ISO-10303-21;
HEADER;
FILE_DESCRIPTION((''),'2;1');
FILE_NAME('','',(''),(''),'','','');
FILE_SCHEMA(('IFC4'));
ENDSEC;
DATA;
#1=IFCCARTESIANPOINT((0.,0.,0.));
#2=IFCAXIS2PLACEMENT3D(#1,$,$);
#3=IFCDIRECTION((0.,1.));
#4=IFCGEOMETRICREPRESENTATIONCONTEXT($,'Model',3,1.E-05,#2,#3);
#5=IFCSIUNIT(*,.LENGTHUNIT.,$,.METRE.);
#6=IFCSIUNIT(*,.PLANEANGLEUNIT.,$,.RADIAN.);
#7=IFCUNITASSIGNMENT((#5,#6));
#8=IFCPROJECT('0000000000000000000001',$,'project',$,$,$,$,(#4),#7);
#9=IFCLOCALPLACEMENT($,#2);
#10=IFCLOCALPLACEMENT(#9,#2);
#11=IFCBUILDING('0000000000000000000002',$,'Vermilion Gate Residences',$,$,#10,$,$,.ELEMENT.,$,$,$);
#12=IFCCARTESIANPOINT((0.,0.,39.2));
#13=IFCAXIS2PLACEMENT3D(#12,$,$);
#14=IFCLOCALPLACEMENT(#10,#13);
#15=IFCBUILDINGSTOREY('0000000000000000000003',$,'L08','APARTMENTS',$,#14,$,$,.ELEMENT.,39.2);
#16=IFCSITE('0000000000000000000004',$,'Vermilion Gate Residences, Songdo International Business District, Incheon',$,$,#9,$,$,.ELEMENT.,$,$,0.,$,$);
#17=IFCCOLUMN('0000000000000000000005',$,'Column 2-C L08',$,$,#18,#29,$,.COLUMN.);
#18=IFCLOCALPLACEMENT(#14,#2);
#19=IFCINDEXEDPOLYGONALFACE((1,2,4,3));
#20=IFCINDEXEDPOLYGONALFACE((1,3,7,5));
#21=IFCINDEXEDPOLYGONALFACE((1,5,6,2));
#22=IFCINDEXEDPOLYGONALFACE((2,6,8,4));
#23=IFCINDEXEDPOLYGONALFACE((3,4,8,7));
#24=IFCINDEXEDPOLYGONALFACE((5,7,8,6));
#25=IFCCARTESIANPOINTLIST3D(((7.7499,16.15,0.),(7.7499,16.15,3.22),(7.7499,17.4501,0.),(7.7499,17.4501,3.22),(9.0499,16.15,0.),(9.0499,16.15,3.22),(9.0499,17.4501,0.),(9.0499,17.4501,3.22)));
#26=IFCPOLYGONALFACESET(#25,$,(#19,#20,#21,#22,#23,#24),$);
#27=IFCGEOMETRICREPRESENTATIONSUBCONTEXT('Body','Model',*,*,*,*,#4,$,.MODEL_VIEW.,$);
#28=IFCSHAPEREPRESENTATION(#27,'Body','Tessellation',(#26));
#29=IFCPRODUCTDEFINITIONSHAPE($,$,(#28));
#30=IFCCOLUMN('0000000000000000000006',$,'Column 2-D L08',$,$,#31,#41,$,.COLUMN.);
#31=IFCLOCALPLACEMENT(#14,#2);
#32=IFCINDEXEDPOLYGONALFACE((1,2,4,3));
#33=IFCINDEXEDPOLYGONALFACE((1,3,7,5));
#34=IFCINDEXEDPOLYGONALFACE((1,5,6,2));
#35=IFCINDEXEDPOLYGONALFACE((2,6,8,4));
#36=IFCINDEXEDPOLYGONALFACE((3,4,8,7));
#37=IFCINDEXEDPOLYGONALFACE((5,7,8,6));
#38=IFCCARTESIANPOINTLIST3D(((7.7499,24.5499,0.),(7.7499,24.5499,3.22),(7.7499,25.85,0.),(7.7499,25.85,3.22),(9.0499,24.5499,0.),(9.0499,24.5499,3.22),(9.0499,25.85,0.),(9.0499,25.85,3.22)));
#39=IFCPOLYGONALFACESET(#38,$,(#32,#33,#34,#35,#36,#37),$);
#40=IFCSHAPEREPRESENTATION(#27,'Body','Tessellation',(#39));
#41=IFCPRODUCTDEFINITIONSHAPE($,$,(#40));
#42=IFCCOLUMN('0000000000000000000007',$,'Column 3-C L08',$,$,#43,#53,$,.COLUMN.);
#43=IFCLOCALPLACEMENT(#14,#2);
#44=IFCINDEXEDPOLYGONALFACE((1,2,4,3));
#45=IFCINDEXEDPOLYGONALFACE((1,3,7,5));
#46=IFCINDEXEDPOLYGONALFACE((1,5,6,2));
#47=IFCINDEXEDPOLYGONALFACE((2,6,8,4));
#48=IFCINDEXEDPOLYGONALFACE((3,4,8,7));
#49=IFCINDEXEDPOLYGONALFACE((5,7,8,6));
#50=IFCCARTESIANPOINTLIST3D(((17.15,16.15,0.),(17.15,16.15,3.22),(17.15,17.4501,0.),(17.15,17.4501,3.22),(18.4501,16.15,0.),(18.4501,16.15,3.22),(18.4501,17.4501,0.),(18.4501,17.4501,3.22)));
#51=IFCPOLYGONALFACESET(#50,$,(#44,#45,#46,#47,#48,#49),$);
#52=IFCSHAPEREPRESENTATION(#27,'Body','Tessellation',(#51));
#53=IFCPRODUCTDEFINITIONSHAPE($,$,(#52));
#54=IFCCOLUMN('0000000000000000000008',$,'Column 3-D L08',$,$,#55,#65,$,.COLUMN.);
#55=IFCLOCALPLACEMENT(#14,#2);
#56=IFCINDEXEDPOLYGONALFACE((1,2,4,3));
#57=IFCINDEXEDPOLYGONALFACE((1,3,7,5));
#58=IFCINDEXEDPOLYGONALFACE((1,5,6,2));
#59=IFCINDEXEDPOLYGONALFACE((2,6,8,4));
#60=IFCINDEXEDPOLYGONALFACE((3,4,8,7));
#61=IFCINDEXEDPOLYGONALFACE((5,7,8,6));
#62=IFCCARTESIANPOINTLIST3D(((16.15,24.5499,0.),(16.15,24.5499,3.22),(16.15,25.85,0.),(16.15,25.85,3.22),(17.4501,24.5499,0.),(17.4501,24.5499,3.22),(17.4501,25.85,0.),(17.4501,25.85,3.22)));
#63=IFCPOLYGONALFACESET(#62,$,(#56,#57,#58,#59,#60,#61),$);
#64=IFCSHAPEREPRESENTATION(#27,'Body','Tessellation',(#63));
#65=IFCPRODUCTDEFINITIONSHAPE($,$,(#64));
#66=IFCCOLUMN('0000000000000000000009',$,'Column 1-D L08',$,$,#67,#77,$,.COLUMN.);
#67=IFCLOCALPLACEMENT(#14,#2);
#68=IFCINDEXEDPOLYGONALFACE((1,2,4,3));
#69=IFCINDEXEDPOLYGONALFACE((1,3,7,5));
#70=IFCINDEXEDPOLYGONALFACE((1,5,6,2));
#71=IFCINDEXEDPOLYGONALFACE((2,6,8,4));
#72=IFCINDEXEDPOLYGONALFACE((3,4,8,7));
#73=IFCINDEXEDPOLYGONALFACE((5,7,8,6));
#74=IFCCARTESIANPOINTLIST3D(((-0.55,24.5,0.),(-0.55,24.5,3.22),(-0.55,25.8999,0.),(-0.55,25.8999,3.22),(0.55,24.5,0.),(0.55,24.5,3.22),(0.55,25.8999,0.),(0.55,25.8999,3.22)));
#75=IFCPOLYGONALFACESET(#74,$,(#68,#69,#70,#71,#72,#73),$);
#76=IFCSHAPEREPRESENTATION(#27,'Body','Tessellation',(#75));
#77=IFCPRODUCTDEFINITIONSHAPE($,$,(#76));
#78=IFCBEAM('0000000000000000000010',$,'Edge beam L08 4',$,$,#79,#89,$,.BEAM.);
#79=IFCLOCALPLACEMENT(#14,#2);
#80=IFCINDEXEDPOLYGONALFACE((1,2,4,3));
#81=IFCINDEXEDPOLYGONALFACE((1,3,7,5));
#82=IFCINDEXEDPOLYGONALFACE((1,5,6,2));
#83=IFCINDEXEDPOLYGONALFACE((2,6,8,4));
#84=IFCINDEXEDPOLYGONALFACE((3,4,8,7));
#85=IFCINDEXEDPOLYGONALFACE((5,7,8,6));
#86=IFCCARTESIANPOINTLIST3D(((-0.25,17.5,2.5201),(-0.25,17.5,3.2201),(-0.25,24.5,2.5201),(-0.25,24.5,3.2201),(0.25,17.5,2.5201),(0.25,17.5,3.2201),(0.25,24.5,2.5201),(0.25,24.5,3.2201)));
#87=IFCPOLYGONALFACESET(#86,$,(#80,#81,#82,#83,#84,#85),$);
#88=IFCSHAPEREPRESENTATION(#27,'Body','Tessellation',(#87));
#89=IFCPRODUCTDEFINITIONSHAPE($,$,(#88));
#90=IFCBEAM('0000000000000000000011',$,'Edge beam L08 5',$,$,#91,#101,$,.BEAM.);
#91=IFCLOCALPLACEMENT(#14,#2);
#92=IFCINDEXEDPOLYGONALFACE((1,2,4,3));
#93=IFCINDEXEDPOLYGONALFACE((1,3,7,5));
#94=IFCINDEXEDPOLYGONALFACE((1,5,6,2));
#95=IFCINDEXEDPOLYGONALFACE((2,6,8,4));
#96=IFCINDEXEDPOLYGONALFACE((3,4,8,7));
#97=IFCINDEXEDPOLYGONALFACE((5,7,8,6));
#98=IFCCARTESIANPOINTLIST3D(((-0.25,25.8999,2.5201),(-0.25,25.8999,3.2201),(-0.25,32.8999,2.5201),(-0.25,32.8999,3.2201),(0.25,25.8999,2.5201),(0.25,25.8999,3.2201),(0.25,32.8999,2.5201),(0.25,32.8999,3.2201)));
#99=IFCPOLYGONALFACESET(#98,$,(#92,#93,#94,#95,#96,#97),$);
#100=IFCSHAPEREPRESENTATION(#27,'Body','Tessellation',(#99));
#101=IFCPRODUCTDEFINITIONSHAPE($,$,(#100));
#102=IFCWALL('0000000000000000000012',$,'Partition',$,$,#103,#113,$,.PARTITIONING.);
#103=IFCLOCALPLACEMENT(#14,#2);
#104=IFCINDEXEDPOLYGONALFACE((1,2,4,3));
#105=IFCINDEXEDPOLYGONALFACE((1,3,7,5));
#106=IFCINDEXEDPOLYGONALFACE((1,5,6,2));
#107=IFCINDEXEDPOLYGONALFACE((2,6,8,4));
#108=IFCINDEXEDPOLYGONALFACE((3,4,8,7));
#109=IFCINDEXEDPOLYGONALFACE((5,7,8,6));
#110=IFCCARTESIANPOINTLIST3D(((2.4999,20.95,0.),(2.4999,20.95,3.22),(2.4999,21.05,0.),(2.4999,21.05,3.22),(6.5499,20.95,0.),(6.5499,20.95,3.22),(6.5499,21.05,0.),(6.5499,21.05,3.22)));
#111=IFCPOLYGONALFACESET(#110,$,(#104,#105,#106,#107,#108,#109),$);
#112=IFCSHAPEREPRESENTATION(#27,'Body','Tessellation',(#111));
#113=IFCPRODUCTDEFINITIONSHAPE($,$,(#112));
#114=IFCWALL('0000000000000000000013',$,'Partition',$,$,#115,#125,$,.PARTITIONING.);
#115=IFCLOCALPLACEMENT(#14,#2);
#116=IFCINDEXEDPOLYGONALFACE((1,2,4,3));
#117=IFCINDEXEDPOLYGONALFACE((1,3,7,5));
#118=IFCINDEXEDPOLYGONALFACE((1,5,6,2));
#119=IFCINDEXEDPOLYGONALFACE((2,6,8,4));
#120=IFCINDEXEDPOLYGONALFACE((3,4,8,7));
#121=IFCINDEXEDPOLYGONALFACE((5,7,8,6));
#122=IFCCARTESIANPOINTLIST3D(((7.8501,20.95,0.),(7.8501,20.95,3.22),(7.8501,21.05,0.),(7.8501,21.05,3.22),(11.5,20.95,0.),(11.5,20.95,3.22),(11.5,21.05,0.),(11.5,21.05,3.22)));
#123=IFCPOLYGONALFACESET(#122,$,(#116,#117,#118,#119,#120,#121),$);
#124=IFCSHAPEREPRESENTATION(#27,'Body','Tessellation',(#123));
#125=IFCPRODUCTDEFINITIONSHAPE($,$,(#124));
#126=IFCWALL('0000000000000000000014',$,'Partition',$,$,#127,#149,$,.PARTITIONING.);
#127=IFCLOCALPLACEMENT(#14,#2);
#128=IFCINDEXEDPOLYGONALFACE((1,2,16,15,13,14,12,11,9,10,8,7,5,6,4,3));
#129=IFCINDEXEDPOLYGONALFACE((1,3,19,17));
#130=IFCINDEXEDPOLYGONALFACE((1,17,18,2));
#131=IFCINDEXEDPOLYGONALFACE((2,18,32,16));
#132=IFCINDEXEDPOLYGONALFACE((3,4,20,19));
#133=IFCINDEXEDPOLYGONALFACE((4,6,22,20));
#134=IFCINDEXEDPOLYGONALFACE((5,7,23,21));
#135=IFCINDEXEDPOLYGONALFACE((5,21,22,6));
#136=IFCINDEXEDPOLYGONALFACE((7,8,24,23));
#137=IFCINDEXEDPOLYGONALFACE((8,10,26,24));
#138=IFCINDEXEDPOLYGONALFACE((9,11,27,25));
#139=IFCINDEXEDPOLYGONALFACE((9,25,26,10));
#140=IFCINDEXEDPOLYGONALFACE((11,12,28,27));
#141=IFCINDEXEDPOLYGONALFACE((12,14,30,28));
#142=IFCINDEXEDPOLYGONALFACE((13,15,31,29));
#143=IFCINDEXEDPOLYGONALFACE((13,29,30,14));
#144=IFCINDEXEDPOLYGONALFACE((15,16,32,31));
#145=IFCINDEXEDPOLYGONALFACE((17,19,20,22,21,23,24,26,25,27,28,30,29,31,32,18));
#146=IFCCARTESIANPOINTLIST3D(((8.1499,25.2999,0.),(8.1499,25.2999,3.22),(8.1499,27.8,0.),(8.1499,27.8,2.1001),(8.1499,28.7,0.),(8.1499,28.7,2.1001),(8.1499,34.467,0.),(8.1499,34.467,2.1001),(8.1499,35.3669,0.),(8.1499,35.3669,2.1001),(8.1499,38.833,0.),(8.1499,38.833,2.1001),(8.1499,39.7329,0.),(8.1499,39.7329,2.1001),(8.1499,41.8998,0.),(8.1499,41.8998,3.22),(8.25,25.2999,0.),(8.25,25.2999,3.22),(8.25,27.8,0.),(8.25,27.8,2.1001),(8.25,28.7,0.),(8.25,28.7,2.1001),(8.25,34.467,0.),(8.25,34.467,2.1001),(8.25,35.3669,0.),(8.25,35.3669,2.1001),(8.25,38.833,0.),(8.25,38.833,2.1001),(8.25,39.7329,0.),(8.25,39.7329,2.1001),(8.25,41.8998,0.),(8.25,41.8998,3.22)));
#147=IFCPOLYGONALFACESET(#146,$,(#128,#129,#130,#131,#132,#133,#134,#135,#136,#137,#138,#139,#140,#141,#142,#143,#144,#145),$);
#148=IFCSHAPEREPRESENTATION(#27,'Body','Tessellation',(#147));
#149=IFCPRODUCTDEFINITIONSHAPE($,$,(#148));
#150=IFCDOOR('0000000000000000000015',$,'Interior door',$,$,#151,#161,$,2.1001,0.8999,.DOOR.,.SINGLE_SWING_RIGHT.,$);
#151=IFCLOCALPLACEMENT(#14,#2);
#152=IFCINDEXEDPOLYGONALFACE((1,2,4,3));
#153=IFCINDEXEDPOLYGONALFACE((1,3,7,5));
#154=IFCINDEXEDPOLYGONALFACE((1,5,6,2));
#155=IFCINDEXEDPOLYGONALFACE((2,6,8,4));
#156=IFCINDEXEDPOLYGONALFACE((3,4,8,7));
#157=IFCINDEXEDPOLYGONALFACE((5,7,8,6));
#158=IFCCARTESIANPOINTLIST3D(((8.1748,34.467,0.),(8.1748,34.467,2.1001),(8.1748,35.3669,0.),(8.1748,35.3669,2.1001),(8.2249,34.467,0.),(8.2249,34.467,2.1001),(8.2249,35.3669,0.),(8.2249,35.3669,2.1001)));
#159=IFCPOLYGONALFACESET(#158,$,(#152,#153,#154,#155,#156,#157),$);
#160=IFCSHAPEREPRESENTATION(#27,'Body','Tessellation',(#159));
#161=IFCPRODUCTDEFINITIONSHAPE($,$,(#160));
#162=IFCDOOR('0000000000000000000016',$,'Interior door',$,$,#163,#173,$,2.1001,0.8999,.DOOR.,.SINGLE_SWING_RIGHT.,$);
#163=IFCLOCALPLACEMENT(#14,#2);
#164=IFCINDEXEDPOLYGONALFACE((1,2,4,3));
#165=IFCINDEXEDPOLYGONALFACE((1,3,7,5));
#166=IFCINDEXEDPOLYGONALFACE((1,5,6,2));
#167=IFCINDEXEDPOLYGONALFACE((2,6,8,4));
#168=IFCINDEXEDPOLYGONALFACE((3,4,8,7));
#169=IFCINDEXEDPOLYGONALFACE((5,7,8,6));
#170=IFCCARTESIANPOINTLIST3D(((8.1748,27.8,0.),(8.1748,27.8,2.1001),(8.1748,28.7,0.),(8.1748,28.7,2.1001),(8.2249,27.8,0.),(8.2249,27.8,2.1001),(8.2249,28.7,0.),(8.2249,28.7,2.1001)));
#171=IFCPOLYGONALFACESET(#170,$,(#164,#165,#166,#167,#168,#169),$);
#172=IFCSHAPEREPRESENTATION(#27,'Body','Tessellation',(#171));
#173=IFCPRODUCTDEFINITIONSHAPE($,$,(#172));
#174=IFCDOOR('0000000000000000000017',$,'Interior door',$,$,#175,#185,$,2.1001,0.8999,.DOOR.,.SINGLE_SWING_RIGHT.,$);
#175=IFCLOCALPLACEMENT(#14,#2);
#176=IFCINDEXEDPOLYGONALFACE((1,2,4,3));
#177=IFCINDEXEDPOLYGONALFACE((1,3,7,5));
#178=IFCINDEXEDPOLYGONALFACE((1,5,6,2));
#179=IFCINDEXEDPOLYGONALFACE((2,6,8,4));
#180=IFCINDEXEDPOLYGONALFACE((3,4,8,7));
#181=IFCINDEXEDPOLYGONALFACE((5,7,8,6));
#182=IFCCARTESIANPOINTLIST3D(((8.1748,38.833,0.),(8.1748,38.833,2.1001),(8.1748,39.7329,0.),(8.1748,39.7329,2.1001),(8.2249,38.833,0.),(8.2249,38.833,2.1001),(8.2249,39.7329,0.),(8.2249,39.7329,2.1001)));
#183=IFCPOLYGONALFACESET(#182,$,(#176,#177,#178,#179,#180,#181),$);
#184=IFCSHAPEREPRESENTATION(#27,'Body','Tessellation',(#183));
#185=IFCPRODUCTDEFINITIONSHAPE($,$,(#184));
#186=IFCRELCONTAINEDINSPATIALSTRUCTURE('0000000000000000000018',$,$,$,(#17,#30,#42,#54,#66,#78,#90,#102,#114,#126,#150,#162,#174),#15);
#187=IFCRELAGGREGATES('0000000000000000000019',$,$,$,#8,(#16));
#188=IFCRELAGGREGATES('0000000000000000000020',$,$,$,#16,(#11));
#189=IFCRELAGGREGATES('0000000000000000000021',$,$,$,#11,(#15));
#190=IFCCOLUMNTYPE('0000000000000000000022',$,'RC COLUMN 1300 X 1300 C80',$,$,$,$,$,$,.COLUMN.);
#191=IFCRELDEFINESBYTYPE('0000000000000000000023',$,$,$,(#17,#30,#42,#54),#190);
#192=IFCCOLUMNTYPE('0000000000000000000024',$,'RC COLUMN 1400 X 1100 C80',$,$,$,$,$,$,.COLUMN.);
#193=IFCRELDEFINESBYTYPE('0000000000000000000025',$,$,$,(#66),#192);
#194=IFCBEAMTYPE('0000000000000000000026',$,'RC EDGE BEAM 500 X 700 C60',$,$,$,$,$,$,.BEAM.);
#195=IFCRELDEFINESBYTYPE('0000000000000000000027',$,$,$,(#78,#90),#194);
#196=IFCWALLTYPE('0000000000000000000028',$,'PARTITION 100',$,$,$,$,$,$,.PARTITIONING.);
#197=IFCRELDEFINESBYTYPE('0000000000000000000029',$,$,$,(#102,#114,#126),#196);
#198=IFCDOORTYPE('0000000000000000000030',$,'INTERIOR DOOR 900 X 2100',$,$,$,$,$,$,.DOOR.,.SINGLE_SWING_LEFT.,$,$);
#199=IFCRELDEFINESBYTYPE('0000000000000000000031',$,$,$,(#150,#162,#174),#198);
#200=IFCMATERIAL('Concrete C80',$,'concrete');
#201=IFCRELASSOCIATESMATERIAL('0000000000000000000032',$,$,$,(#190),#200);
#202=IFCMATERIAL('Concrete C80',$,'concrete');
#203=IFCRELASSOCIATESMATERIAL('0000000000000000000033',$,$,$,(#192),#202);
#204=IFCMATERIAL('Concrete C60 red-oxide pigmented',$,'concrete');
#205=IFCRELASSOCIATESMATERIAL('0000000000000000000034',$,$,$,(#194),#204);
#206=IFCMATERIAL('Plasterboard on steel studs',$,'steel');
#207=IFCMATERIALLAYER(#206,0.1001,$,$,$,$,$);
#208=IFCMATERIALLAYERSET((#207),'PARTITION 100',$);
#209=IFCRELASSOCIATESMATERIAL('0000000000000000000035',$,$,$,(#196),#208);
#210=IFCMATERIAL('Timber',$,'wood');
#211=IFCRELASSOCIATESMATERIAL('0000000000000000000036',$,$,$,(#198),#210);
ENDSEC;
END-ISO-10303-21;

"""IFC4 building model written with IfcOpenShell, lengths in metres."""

from ifc_helpers import new_model, si_unit, direction, frame, frame_2d, origin, origin_2d, place, context, subcontext, project, spatial, rectangle, extrude, material, layer, layer_set, material_profile, profile_set, type_object, element, fill, save


model = new_model("IFC4")

# Units and contexts
model_context = context("Model", 3, precision=1e-05, world=origin(), true_north=direction((0.0, 1.0)))
body_context = subcontext(model_context, "Body", "Model", "MODEL_VIEW")
ifc_project = project(units=[si_unit("LENGTHUNIT", "METRE"), si_unit("PLANEANGLEUNIT", "RADIAN")], contexts=[model_context])

# Site, building, storey
site_placement = place(None, origin())
site = spatial("IfcSite", under=ifc_project, at=site_placement, Name="Vermilion Gate Residences, Songdo International Business District, Incheon", CompositionType="ELEMENT", RefElevation=0.0)
building_placement = place(site_placement, origin())
building = spatial("IfcBuilding", under=site, at=building_placement, Name="Vermilion Gate Residences", CompositionType="ELEMENT")
storey_placement = place(building_placement, frame((0.0, 0.0, 39.2)))
storey = spatial("IfcBuildingStorey", under=building, at=storey_placement, Name="L08", Description="APARTMENTS", CompositionType="ELEMENT", Elevation=39.2)

# Columns
ifc_material_1 = material(Name="Concrete C80", Category="concrete")
ifc_material_profile_1 = material_profile(ifc_material_1, rectangle(XDim=1.3, YDim=1.3, at=origin_2d()), Name="RC-1300x1300")
ifc_profile_set_1 = profile_set([ifc_material_profile_1], Name="Concrete C80")
column_type_1 = type_object("IfcColumnType", Name="RC COLUMN 1300 X 1300 C80", PredefinedType="COLUMN", material=ifc_profile_set_1)
for number, where, z_axis, x_axis, name in (
    (1, (8.3999, 16.8, 0.0), (0.0, 0.0, 1.0), (1.0, 0.0, 0.0), "Column 2-C L08"),
    (2, (8.3999, 25.2, 0.0), (0.0, 0.0, 1.0), (1.0, 0.0, 0.0), "Column 2-D L08"),
    (3, (17.8, 16.8, 0.0), (0.0, 0.0, 1.0), (1.0, 0.0, 0.0), "Column 3-C L08"),
    (4, (16.8, 25.2, 0.0), (0.0, 0.0, 1.0), (1.0, 0.0, 0.0), "Column 3-D L08"),
):
    element("IfcColumn", number, at=place(storey_placement, frame(where, z_axis=z_axis, x_axis=x_axis)), inside=storey, type_object=column_type_1, Name=name, PredefinedType="COLUMN", context=body_context, shape_type="SweptSolid", body=[
        extrude(rectangle(XDim=1.3, YDim=1.3, at=origin_2d()), origin(), (0.0, 0.0, 1.0), 3.22),
    ])
ifc_material_2 = material(Name="Concrete C80", Category="concrete")
ifc_material_profile_2 = material_profile(ifc_material_2, rectangle(XDim=1.3999, YDim=1.1001, at=origin_2d()), Name="RC-1400x1100")
ifc_profile_set_2 = profile_set([ifc_material_profile_2], Name="Concrete C80")
column_type_2 = type_object("IfcColumnType", Name="RC COLUMN 1400 X 1100 C80", PredefinedType="COLUMN", material=ifc_profile_set_2)
column_placement = place(storey_placement, frame((0.0, 25.2, 0.0), z_axis=(0.0, 0.0, 1.0), x_axis=(0.0, 1.0, 0.0)))
element("IfcColumn", 5, at=column_placement, inside=storey, type_object=column_type_2, Name="Column 1-D L08", PredefinedType="COLUMN", context=body_context, shape_type="SweptSolid", body=[
    extrude(rectangle(XDim=1.3999, YDim=1.1001, at=origin_2d()), origin(), (0.0, 0.0, 1.0), 3.22),
])

# Beams
ifc_material_3 = material(Name="Concrete C60 red-oxide pigmented", Category="concrete")
ifc_material_profile_3 = material_profile(ifc_material_3, rectangle(XDim=0.5, YDim=0.7, at=origin_2d()), Name="RC-500x700")
ifc_profile_set_3 = profile_set([ifc_material_profile_3], Name="Concrete C60 red-oxide pigmented")
beam_type = type_object("IfcBeamType", Name="RC EDGE BEAM 500 X 700 C60", PredefinedType="BEAM", material=ifc_profile_set_3)
for number, where, z_axis, x_axis, name in (
    (6, (0.0, 17.5, 2.8701), (0.0, 1.0, 0.0), (-1.0, 0.0, 0.0), "Edge beam L08 4"),
    (7, (0.0, 25.8999, 2.8701), (0.0, 1.0, 0.0), (-1.0, 0.0, 0.0), "Edge beam L08 5"),
):
    element("IfcBeam", number, at=place(storey_placement, frame(where, z_axis=z_axis, x_axis=x_axis)), inside=storey, type_object=beam_type, Name=name, PredefinedType="BEAM", context=body_context, shape_type="SweptSolid", body=[
        extrude(rectangle(XDim=0.5, YDim=0.7, at=origin_2d()), origin(), (0.0, 0.0, 1.0), 7.0),
    ])

# Walls
ifc_material_4 = material(Name="Plasterboard on steel studs", Category="steel")
ifc_layer_1 = layer(ifc_material_4, 0.1001)
ifc_layer_set_1 = layer_set([ifc_layer_1], Name="PARTITION 100")
wall_type_1 = type_object("IfcWallType", Name="PARTITION 100", PredefinedType="PARTITIONING", material=ifc_layer_set_1)
wall_1_placement = place(storey_placement, frame((2.5, 21.0, 0.0), z_axis=(0.0, 0.0, 1.0), x_axis=(1.0, 0.0, 0.0)))
element("IfcWall", 8, at=wall_1_placement, inside=storey, type_object=wall_type_1, Name="Partition", PredefinedType="PARTITIONING", context=body_context, shape_type="SweptSolid", body=[
    extrude(rectangle(XDim=4.05, YDim=0.1001, at=frame_2d((2.0249, 0.0))), origin(), (0.0, 0.0, 1.0), 3.22),
])
wall_2_placement = place(storey_placement, frame((7.8501, 21.0, 0.0), z_axis=(0.0, 0.0, 1.0), x_axis=(1.0, 0.0, 0.0)))
element("IfcWall", 9, at=wall_2_placement, inside=storey, type_object=wall_type_1, Name="Partition", PredefinedType="PARTITIONING", context=body_context, shape_type="SweptSolid", body=[
    extrude(rectangle(XDim=3.6499, YDim=0.1001, at=frame_2d((1.825, 0.0))), origin(), (0.0, 0.0, 1.0), 3.22),
])

# Wall, openings, doors
wall_3_placement = place(storey_placement, frame((8.2, 25.3, 0.0), z_axis=(0.0, 0.0, 1.0), x_axis=(0.0, 1.0, 0.0)))
wall_3 = element("IfcWall", 10, at=wall_3_placement, inside=storey, type_object=wall_type_1, Name="Partition", PredefinedType="PARTITIONING", context=body_context, shape_type="SweptSolid", body=[
    extrude(rectangle(XDim=16.5999, YDim=0.1001, at=frame_2d((8.2998, 0.0))), origin(), (0.0, 0.0, 1.0), 3.22),
])
opening_1_placement = place(wall_3_placement, frame((9.167, 0.0, 0.0)))
opening_1 = element("IfcOpeningElement", 11, at=opening_1_placement, cuts=wall_3, PredefinedType="OPENING", context=body_context, shape_type="SweptSolid", body=[
    extrude(rectangle(XDim=0.8999, YDim=2.1001, at=frame_2d((0.45, 1.05))), frame((0.0, 0.0601, 0.0), z_axis=(0.0, -1.0, 0.0), x_axis=(1.0, 0.0, 0.0)), (0.0, 0.0, 1.0), 0.1201),
])
opening_2_placement = place(wall_3_placement, frame((2.5, 0.0, 0.0)))
opening_2 = element("IfcOpeningElement", 12, at=opening_2_placement, cuts=wall_3, PredefinedType="OPENING", context=body_context, shape_type="SweptSolid", body=[
    extrude(rectangle(XDim=0.8999, YDim=2.1001, at=frame_2d((0.45, 1.05))), frame((0.0, 0.0601, 0.0), z_axis=(0.0, -1.0, 0.0), x_axis=(1.0, 0.0, 0.0)), (0.0, 0.0, 1.0), 0.1201),
])
opening_3_placement = place(wall_3_placement, frame((13.533, 0.0, 0.0)))
opening_3 = element("IfcOpeningElement", 13, at=opening_3_placement, cuts=wall_3, PredefinedType="OPENING", context=body_context, shape_type="SweptSolid", body=[
    extrude(rectangle(XDim=0.8999, YDim=2.1001, at=frame_2d((0.45, 1.05))), frame((0.0, 0.0601, 0.0), z_axis=(0.0, -1.0, 0.0), x_axis=(1.0, 0.0, 0.0)), (0.0, 0.0, 1.0), 0.1201),
])
ifc_material_5 = material(Name="Timber", Category="wood")
door_type_1 = type_object("IfcDoorType", Name="INTERIOR DOOR 900 X 2100", OperationType="SINGLE_SWING_LEFT", PredefinedType="DOOR", material=ifc_material_5)
door_1_placement = place(opening_1_placement, frame((0.8999, 0.0, 0.0), z_axis=(0.0, 0.0, 1.0), x_axis=(-1.0, 0.0, 0.0)))
door_1 = element("IfcDoor", 14, at=door_1_placement, inside=storey, type_object=door_type_1, Name="Interior door", OperationType="SINGLE_SWING_RIGHT", OverallHeight=2.1001, OverallWidth=0.8999, PredefinedType="DOOR", context=body_context, shape_type="SweptSolid", body=[
    extrude(rectangle(XDim=0.8999, YDim=2.1001, at=frame_2d((0.45, 1.05))), frame((0.0, 0.0249, 0.0), z_axis=(0.0, -1.0, 0.0), x_axis=(1.0, 0.0, 0.0)), (0.0, 0.0, 1.0), 0.05),
])
fill(opening_1, door_1)
door_2_placement = place(opening_2_placement, frame((0.8999, 0.0, 0.0), z_axis=(0.0, 0.0, 1.0), x_axis=(-1.0, 0.0, 0.0)))
door_2 = element("IfcDoor", 15, at=door_2_placement, inside=storey, type_object=door_type_1, Name="Interior door", OperationType="SINGLE_SWING_RIGHT", OverallHeight=2.1001, OverallWidth=0.8999, PredefinedType="DOOR", context=body_context, shape_type="SweptSolid", body=[
    extrude(rectangle(XDim=0.8999, YDim=2.1001, at=frame_2d((0.45, 1.05))), frame((0.0, 0.0249, 0.0), z_axis=(0.0, -1.0, 0.0), x_axis=(1.0, 0.0, 0.0)), (0.0, 0.0, 1.0), 0.05),
])
fill(opening_2, door_2)
door_3_placement = place(opening_3_placement, frame((0.8999, 0.0, 0.0), z_axis=(0.0, 0.0, 1.0), x_axis=(-1.0, 0.0, 0.0)))
door_3 = element("IfcDoor", 16, at=door_3_placement, inside=storey, type_object=door_type_1, Name="Interior door", OperationType="SINGLE_SWING_RIGHT", OverallHeight=2.1001, OverallWidth=0.8999, PredefinedType="DOOR", context=body_context, shape_type="SweptSolid", body=[
    extrude(rectangle(XDim=0.8999, YDim=2.1001, at=frame_2d((0.45, 1.05))), frame((0.0, 0.0249, 0.0), z_axis=(0.0, -1.0, 0.0), x_axis=(1.0, 0.0, 0.0)), (0.0, 0.0, 1.0), 0.05),
])
fill(opening_3, door_3)

save(model, "model.ifc")
